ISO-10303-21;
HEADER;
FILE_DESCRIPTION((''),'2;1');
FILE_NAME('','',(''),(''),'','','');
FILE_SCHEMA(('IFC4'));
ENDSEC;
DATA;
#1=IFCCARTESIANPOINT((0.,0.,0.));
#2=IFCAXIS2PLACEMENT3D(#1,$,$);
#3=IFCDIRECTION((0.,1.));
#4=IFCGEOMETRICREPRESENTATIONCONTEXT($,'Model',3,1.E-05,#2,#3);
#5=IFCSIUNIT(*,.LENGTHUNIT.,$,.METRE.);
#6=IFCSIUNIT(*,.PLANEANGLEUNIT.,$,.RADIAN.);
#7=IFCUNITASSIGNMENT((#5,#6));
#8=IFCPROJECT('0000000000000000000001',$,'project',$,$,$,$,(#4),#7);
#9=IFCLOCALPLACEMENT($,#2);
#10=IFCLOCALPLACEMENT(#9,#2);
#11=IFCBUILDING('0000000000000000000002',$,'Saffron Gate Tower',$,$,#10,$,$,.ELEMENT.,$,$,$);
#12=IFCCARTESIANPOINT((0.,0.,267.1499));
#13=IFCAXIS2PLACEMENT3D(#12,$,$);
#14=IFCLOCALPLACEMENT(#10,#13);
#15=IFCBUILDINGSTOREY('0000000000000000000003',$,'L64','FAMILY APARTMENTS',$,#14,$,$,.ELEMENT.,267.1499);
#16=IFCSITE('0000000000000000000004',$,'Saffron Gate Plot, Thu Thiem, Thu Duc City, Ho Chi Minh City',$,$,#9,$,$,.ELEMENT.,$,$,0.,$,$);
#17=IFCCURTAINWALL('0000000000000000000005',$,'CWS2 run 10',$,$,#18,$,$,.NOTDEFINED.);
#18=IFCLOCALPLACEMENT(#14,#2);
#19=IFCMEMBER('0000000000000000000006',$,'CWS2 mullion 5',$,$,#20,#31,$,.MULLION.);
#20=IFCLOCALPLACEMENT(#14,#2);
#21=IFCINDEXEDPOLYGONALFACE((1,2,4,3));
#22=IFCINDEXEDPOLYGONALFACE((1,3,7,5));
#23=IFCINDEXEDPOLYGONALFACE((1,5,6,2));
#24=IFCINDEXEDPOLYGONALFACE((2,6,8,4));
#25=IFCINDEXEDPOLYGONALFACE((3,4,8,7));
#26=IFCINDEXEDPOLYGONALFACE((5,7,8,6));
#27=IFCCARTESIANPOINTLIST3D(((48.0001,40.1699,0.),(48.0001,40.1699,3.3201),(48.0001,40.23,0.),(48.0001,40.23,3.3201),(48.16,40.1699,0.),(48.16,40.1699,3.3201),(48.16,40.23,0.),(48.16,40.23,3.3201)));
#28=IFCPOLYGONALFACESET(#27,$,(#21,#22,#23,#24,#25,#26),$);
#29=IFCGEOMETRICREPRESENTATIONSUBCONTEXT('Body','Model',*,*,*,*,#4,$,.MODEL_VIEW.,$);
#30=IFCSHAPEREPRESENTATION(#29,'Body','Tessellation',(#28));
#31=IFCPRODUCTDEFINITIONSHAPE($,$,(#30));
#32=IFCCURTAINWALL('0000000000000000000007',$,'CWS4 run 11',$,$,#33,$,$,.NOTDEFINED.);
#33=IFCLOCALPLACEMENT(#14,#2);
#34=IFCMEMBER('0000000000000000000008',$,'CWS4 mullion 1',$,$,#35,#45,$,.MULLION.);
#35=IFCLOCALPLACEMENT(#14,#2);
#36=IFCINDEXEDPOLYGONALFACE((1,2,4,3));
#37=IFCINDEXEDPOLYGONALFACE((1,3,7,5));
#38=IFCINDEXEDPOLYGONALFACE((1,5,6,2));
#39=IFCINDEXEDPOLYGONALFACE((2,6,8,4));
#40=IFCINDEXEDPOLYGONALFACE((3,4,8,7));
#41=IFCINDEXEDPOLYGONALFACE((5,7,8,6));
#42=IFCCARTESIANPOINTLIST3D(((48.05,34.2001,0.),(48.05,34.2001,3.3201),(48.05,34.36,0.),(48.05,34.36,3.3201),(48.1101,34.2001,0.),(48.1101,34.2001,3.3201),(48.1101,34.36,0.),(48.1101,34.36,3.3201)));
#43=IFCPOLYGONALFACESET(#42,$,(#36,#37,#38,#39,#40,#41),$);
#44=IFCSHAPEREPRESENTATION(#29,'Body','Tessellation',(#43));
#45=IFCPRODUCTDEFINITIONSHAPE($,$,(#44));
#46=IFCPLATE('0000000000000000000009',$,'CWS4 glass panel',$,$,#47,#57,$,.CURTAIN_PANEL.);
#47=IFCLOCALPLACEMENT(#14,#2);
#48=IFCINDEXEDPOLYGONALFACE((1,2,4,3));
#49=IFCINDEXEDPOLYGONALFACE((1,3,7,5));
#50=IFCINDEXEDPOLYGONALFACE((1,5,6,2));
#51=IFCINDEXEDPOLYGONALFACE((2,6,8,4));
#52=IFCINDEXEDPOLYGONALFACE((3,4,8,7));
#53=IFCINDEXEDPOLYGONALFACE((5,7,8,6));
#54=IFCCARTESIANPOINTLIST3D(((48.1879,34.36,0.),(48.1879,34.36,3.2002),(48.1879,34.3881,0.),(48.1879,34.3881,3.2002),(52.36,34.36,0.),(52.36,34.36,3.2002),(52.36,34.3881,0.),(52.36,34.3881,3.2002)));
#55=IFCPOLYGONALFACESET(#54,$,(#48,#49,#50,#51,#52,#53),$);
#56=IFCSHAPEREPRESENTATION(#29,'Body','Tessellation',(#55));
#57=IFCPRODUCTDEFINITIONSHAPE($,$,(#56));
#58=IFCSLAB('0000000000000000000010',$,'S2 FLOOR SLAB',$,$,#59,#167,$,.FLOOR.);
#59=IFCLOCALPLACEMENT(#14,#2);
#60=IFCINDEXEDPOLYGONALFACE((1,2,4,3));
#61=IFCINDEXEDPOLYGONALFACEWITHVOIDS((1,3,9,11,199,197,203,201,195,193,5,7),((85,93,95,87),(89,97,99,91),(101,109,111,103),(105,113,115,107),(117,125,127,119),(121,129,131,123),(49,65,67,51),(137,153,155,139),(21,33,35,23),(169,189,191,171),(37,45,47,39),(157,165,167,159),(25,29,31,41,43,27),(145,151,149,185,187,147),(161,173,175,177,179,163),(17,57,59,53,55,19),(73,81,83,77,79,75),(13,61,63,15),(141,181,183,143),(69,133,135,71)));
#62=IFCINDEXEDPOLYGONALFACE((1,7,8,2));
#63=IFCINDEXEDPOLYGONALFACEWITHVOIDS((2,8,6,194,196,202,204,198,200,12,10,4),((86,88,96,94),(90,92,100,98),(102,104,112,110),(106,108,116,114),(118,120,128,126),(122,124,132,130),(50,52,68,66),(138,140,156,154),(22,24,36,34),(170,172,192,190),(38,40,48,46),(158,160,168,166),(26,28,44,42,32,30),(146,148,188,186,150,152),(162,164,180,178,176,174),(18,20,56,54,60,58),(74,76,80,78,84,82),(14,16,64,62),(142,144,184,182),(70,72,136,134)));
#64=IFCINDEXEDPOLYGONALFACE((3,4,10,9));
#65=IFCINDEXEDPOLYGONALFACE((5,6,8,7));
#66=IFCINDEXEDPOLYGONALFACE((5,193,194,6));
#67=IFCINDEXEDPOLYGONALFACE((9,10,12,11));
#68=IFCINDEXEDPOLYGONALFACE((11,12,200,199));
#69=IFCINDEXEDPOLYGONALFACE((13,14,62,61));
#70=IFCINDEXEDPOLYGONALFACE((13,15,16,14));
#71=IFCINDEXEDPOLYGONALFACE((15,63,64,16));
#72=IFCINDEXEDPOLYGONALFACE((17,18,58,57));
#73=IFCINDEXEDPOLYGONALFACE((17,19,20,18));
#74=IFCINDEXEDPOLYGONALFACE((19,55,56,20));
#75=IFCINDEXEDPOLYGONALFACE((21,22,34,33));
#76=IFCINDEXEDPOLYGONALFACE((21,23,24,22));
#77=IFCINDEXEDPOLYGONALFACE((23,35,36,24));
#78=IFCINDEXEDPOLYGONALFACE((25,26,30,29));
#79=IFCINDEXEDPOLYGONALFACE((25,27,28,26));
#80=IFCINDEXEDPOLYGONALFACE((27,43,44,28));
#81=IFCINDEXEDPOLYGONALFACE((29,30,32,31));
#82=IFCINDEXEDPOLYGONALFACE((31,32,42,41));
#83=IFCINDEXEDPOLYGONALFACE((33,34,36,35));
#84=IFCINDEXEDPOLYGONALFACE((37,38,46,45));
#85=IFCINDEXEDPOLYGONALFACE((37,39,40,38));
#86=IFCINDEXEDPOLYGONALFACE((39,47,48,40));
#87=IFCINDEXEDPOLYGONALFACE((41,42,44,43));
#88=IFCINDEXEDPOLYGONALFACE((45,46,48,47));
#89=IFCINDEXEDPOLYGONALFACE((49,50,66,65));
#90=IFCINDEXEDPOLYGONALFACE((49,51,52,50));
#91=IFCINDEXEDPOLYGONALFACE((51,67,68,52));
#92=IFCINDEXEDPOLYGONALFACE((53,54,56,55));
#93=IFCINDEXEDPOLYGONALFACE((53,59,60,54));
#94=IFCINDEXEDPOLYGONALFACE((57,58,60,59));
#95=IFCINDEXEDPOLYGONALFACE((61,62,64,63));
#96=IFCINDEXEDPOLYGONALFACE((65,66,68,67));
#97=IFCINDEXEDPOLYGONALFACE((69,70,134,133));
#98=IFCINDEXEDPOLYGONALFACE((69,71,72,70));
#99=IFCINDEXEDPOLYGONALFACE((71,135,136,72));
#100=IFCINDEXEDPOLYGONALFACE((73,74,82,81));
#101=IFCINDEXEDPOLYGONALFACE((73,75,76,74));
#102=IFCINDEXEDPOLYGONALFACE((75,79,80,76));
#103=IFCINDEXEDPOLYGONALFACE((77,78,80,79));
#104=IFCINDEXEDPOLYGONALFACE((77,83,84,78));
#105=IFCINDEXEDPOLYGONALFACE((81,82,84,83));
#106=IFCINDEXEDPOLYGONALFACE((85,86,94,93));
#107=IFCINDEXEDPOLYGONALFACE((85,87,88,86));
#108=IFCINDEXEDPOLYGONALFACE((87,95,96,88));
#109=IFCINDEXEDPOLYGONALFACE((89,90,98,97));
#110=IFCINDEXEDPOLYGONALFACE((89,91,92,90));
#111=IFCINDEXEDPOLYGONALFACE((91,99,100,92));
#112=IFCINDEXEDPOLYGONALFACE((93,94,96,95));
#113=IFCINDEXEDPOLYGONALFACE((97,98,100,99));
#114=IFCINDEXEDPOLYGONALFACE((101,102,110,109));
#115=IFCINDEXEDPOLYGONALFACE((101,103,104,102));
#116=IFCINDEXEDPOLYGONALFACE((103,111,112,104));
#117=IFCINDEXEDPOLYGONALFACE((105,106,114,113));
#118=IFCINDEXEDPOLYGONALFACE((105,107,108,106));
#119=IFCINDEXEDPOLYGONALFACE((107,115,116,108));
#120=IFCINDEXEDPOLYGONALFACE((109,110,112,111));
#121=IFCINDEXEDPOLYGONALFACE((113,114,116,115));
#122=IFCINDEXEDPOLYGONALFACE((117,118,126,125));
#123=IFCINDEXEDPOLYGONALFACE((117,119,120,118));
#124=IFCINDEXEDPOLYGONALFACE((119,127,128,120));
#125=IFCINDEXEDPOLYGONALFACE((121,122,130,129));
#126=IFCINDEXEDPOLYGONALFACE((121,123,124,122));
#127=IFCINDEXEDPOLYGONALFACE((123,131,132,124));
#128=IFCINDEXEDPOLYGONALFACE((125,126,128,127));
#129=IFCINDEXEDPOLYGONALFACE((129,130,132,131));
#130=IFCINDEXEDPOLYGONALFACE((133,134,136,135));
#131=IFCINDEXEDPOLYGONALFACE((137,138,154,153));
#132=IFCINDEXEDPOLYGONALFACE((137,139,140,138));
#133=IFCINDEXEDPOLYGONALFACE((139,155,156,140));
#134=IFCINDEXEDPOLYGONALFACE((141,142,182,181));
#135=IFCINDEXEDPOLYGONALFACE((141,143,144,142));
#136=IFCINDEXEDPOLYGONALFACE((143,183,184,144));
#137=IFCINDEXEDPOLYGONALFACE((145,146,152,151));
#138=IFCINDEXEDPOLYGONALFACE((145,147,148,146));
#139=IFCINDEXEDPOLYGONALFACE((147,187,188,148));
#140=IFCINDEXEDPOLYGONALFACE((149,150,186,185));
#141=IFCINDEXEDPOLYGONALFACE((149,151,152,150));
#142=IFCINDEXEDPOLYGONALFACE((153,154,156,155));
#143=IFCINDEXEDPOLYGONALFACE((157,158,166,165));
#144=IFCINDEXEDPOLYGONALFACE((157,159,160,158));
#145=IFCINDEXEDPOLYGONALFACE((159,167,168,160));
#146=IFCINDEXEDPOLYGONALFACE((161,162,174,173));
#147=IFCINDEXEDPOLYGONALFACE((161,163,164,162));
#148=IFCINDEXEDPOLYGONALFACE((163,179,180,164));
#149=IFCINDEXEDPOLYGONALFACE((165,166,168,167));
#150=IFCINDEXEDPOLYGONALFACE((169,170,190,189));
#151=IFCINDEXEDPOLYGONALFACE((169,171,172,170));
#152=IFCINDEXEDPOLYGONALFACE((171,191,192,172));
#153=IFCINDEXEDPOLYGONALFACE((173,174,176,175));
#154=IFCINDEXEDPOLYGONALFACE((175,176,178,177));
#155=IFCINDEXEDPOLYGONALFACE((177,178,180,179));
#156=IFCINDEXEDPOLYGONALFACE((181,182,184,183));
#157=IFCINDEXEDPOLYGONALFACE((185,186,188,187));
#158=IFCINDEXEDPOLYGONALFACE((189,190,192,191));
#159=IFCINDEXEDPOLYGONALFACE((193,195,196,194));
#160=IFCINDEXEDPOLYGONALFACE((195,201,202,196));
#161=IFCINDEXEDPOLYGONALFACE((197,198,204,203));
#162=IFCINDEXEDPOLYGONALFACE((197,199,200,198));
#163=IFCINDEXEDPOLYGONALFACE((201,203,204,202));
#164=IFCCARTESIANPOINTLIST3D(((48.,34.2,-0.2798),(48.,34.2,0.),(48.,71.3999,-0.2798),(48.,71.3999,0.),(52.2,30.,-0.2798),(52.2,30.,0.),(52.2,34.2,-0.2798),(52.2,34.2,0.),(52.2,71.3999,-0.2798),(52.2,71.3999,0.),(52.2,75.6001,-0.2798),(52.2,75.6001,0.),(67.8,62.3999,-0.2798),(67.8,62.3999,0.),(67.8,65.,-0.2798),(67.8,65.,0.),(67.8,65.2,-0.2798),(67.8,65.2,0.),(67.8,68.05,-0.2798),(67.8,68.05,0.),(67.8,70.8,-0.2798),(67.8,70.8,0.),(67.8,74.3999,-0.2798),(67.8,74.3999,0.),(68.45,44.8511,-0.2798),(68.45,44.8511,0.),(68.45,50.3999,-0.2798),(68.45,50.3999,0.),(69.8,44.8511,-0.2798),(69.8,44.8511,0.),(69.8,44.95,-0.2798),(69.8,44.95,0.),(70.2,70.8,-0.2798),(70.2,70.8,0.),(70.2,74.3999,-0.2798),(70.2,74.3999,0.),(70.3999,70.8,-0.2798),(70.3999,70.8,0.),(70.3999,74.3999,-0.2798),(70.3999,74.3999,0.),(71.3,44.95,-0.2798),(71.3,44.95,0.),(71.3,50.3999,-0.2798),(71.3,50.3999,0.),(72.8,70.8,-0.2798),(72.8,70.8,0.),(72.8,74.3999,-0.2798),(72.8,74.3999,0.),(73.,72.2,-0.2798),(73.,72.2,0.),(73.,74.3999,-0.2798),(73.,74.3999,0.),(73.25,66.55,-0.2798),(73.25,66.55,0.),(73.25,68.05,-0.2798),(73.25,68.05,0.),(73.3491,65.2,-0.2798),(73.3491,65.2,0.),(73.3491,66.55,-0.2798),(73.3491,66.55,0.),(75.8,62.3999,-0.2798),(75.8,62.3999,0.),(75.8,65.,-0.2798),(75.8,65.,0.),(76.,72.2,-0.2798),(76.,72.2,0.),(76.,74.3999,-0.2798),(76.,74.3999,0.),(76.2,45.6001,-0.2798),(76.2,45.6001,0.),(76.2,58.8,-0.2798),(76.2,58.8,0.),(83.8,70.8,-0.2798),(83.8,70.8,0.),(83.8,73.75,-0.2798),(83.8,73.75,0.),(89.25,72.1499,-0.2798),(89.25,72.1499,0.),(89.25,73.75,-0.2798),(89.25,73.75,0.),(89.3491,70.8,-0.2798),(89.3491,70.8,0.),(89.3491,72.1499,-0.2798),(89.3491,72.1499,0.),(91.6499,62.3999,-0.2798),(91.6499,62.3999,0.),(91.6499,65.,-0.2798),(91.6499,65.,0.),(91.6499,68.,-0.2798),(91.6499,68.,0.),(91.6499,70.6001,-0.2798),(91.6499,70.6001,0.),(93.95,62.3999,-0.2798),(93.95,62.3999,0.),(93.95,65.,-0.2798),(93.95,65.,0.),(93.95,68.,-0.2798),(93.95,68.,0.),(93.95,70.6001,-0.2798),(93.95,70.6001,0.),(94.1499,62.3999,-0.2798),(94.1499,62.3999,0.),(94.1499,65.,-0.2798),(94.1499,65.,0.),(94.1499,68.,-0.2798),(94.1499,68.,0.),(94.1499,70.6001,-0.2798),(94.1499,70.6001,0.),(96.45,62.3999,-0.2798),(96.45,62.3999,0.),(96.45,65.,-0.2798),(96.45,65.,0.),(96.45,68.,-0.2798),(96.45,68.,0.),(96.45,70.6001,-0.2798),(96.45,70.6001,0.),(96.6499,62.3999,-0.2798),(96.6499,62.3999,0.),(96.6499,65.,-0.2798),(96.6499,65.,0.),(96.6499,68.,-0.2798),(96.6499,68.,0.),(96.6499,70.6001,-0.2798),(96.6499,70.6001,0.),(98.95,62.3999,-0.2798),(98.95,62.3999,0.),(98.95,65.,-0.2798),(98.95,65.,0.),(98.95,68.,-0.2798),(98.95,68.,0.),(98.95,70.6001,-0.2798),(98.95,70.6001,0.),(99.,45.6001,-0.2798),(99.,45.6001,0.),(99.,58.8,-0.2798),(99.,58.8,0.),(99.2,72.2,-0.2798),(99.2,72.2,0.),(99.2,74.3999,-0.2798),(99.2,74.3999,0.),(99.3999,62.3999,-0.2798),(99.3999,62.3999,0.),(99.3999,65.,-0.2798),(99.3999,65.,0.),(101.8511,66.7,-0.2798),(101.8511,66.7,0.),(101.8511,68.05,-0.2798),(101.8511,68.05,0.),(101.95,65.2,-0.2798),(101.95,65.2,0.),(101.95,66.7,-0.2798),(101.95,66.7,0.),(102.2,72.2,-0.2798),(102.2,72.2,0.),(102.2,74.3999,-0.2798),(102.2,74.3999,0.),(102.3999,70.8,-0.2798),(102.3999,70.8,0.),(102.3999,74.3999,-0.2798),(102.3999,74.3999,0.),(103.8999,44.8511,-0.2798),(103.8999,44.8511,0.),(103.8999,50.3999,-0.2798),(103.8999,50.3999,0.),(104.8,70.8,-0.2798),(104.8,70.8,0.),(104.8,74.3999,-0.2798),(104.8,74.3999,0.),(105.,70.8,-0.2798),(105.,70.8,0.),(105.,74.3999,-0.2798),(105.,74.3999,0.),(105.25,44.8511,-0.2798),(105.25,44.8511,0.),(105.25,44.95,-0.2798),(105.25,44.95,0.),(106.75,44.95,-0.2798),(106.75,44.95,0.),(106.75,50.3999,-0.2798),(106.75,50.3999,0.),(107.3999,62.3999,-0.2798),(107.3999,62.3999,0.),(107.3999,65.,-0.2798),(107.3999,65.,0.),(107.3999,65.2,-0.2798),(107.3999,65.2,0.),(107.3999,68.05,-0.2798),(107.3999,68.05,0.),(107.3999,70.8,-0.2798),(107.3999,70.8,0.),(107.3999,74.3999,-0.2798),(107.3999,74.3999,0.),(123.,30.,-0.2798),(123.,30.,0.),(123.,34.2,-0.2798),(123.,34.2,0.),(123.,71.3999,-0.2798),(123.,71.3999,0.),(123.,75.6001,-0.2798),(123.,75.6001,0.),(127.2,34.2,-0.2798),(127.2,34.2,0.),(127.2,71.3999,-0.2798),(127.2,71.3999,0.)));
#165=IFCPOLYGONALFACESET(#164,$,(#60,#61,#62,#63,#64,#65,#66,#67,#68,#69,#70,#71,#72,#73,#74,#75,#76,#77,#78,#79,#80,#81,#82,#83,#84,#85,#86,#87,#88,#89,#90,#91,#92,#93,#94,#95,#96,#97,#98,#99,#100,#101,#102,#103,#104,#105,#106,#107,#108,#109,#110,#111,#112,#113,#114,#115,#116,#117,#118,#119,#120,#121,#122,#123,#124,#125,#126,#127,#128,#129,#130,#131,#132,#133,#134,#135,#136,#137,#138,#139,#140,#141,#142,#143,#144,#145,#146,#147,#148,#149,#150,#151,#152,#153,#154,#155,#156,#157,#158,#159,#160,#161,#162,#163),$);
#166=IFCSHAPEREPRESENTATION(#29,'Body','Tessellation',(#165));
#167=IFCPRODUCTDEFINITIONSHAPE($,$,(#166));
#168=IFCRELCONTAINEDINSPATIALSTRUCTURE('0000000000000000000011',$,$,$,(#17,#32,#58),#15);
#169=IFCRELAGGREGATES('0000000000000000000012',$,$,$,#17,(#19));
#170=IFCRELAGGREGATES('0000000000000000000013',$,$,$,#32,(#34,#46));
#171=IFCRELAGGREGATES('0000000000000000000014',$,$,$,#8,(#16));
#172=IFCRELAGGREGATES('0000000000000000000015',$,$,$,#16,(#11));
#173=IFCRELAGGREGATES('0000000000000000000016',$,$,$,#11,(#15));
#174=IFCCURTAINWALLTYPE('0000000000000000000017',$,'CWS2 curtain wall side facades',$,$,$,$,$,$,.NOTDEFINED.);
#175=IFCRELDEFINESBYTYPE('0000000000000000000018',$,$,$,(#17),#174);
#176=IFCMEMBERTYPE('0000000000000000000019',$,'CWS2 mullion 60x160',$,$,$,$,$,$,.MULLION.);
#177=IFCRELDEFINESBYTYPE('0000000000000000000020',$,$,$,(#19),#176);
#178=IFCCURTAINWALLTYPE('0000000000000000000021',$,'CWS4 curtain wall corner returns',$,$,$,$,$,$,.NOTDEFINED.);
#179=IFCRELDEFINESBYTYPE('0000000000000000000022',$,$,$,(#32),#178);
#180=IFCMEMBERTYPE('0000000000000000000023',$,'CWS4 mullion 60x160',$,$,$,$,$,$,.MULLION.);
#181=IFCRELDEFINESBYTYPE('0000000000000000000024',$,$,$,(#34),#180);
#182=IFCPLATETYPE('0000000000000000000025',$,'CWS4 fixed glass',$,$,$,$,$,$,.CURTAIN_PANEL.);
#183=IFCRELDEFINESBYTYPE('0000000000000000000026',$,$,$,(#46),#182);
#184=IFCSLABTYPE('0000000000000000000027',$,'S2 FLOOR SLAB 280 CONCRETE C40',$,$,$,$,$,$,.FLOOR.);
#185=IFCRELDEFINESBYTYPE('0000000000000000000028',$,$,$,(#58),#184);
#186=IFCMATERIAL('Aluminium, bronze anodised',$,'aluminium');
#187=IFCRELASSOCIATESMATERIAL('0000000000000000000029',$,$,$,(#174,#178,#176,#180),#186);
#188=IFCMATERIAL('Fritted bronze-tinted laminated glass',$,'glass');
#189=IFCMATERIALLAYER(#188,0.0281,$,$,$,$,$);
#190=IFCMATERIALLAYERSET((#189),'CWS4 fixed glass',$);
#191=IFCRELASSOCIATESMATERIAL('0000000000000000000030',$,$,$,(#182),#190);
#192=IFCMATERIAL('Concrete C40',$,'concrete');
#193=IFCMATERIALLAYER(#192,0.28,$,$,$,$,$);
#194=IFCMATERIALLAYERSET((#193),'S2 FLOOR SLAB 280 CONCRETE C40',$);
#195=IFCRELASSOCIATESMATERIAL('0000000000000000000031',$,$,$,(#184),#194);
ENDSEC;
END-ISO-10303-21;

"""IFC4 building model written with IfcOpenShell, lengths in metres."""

from ifc_helpers import new_model, si_unit, direction, frame, frame_2d, origin, origin_2d, place, context, subcontext, project, spatial, polyline, rectangle, outline, extrude, material, layer, layer_set, material_profile, profile_set, type_object, element, aggregate, save


model = new_model("IFC4")

# Units and contexts
model_context = context("Model", 3, precision=1e-05, world=origin(), true_north=direction((0.0, 1.0)))
body_context = subcontext(model_context, "Body", "Model", "MODEL_VIEW")
ifc_project = project(units=[si_unit("LENGTHUNIT", "METRE"), si_unit("PLANEANGLEUNIT", "RADIAN")], contexts=[model_context])

# Site, building, storey
site_placement = place(None, origin())
site = spatial("IfcSite", under=ifc_project, at=site_placement, Name="Saffron Gate Plot, Thu Thiem, Thu Duc City, Ho Chi Minh City", CompositionType="ELEMENT", RefElevation=0.0)
building_placement = place(site_placement, origin())
building = spatial("IfcBuilding", under=site, at=building_placement, Name="Saffron Gate Tower", CompositionType="ELEMENT")
storey_placement = place(building_placement, frame((0.0, 0.0, 267.1499)))
storey = spatial("IfcBuildingStorey", under=building, at=storey_placement, Name="L64", Description="FAMILY APARTMENTS", CompositionType="ELEMENT", Elevation=267.1499)

# Curtain wall, member
ifc_material_1 = material(Name="Aluminium, bronze anodised", Category="aluminium")
curtain_wall_type_1 = type_object("IfcCurtainWallType", Name="CWS2 curtain wall side facades", PredefinedType="NOTDEFINED", material=ifc_material_1)
curtain_wall_1_placement = place(storey_placement, origin())
curtain_wall_1 = element("IfcCurtainWall", 1, at=curtain_wall_1_placement, inside=storey, type_object=curtain_wall_type_1, Name="CWS2 run 10", PredefinedType="NOTDEFINED")
ifc_material_profile_1 = material_profile(ifc_material_1, rectangle(XDim=0.1599, YDim=0.0601, at=origin_2d()))
ifc_profile_set_1 = profile_set([ifc_material_profile_1], Name="Aluminium, bronze anodised")
member_type_1 = type_object("IfcMemberType", Name="CWS2 mullion 60x160", PredefinedType="MULLION", material=ifc_profile_set_1)
member_1_placement = place(storey_placement, frame((48.0801, 40.2, 0.0), z_axis=(0.0, 0.0, 1.0), x_axis=(1.0, 0.0, 0.0)))
member_1 = element("IfcMember", 2, at=member_1_placement, type_object=member_type_1, Name="CWS2 mullion 5", PredefinedType="MULLION", context=body_context, shape_type="SweptSolid", body=[
    extrude(rectangle(XDim=0.1599, YDim=0.0601, at=origin_2d()), origin(), (0.0, 0.0, 1.0), 3.3201),
])
aggregate(curtain_wall_1, [member_1])

# Curtain wall, member, plate
curtain_wall_type_2 = type_object("IfcCurtainWallType", Name="CWS4 curtain wall corner returns", PredefinedType="NOTDEFINED", material=ifc_material_1)
curtain_wall_2_placement = place(storey_placement, origin())
curtain_wall_2 = element("IfcCurtainWall", 3, at=curtain_wall_2_placement, inside=storey, type_object=curtain_wall_type_2, Name="CWS4 run 11", PredefinedType="NOTDEFINED")
ifc_material_profile_2 = material_profile(ifc_material_1, rectangle(XDim=0.1599, YDim=0.0601, at=origin_2d()))
ifc_profile_set_2 = profile_set([ifc_material_profile_2], Name="Aluminium, bronze anodised")
member_type_2 = type_object("IfcMemberType", Name="CWS4 mullion 60x160", PredefinedType="MULLION", material=ifc_profile_set_2)
member_2_placement = place(storey_placement, frame((48.0801, 34.28, 0.0), z_axis=(0.0, 0.0, 1.0), x_axis=(0.0, 1.0, 0.0)))
member_2 = element("IfcMember", 4, at=member_2_placement, type_object=member_type_2, Name="CWS4 mullion 1", PredefinedType="MULLION", context=body_context, shape_type="SweptSolid", body=[
    extrude(rectangle(XDim=0.1599, YDim=0.0601, at=origin_2d()), origin(), (0.0, 0.0, 1.0), 3.3201),
])
ifc_material_2 = material(Name="Fritted bronze-tinted laminated glass", Category="glass")
ifc_layer_1 = layer(ifc_material_2, 0.0281)
ifc_layer_set_1 = layer_set([ifc_layer_1], Name="CWS4 fixed glass")
plate_type = type_object("IfcPlateType", Name="CWS4 fixed glass", PredefinedType="CURTAIN_PANEL", material=ifc_layer_set_1)
plate_placement = place(storey_placement, frame((48.188, 34.374, 0.0), z_axis=(0.0, 0.0, 1.0), x_axis=(1.0, 0.0, 0.0)))
plate = element("IfcPlate", 5, at=plate_placement, type_object=plate_type, Name="CWS4 glass panel", PredefinedType="CURTAIN_PANEL", context=body_context, shape_type="SweptSolid", body=[
    extrude(rectangle(XDim=4.1721, YDim=0.0281, at=frame_2d((2.0859, 0.0))), origin(), (0.0, 0.0, 1.0), 3.2002),
])
aggregate(curtain_wall_2, [member_2, plate])

# Slab
ifc_material_3 = material(Name="Concrete C40", Category="concrete")
ifc_layer_2 = layer(ifc_material_3, 0.28)
ifc_layer_set_2 = layer_set([ifc_layer_2], Name="S2 FLOOR SLAB 280 CONCRETE C40")
slab_type_1 = type_object("IfcSlabType", Name="S2 FLOOR SLAB 280 CONCRETE C40", PredefinedType="FLOOR", material=ifc_layer_set_2)
slab_1_placement = place(storey_placement, frame((0.0, 0.0, -0.2798)))
element("IfcSlab", 6, at=slab_1_placement, inside=storey, type_object=slab_type_1, Name="S2 FLOOR SLAB", PredefinedType="FLOOR", context=body_context, shape_type="SweptSolid", body=[
    extrude(outline(polyline([(48.0, 34.2), (52.2, 34.2), (52.2, 30.0), (123.0, 30.0), (123.0, 34.2), (127.2, 34.2), (127.2, 71.3999), (123.0, 71.3999), (123.0, 75.6001), (52.2, 75.6001), (52.2, 71.3999), (48.0, 71.3999), (48.0, 34.2)]), holes=[polyline([(67.8, 62.3999), (67.8, 65.0), (75.8, 65.0), (75.8, 62.3999), (67.8, 62.3999)]), polyline([(67.8, 65.2), (67.8, 68.05), (73.25, 68.05), (73.25, 66.55), (73.3491, 66.55), (73.3491, 65.2), (67.8, 65.2)]), polyline([(67.8, 70.8), (67.8, 74.3999), (70.2, 74.3999), (70.2, 70.8), (67.8, 70.8)]), polyline([(68.45, 44.8511), (68.45, 50.3999), (71.3, 50.3999), (71.3, 44.95), (69.8, 44.95), (69.8, 44.8511), (68.45, 44.8511)]), polyline([(70.3999, 70.8), (70.3999, 74.3999), (72.8, 74.3999), (72.8, 70.8), (70.3999, 70.8)]), polyline([(73.0, 72.2), (73.0, 74.3999), (76.0, 74.3999), (76.0, 72.2), (73.0, 72.2)]), polyline([(76.2, 45.6001), (76.2, 58.8), (99.0, 58.8), (99.0, 45.6001), (76.2, 45.6001)]), polyline([(83.8, 70.8), (83.8, 73.75), (89.25, 73.75), (89.25, 72.1499), (89.3491, 72.1499), (89.3491, 70.8), (83.8, 70.8)]), polyline([(91.6499, 62.3999), (91.6499, 65.0), (93.95, 65.0), (93.95, 62.3999), (91.6499, 62.3999)]), polyline([(91.6499, 68.0), (91.6499, 70.6001), (93.95, 70.6001), (93.95, 68.0), (91.6499, 68.0)]), polyline([(94.1499, 62.3999), (94.1499, 65.0), (96.45, 65.0), (96.45, 62.3999), (94.1499, 62.3999)]), polyline([(94.1499, 68.0), (94.1499, 70.6001), (96.45, 70.6001), (96.45, 68.0), (94.1499, 68.0)]), polyline([(96.6499, 62.3999), (96.6499, 65.0), (98.95, 65.0), (98.95, 62.3999), (96.6499, 62.3999)]), polyline([(96.6499, 68.0), (96.6499, 70.6001), (98.95, 70.6001), (98.95, 68.0), (96.6499, 68.0)]), polyline([(99.2, 72.2), (99.2, 74.3999), (102.2, 74.3999), (102.2, 72.2), (99.2, 72.2)]), polyline([(99.3999, 62.3999), (99.3999, 65.0), (107.3999, 65.0), (107.3999, 62.3999), (99.3999, 62.3999)]), polyline([(101.8511, 66.7), (101.8511, 68.05), (107.3999, 68.05), (107.3999, 65.2), (101.95, 65.2), (101.95, 66.7), (101.8511, 66.7)]), polyline([(102.3999, 70.8), (102.3999, 74.3999), (104.8, 74.3999), (104.8, 70.8), (102.3999, 70.8)]), polyline([(103.8999, 44.8511), (103.8999, 50.3999), (106.75, 50.3999), (106.75, 44.95), (105.25, 44.95), (105.25, 44.8511), (103.8999, 44.8511)]), polyline([(105.0, 70.8), (105.0, 74.3999), (107.3999, 74.3999), (107.3999, 70.8), (105.0, 70.8)])]), origin(), (0.0, 0.0, 1.0), 0.2798),
])

save(model, "model.ifc")
